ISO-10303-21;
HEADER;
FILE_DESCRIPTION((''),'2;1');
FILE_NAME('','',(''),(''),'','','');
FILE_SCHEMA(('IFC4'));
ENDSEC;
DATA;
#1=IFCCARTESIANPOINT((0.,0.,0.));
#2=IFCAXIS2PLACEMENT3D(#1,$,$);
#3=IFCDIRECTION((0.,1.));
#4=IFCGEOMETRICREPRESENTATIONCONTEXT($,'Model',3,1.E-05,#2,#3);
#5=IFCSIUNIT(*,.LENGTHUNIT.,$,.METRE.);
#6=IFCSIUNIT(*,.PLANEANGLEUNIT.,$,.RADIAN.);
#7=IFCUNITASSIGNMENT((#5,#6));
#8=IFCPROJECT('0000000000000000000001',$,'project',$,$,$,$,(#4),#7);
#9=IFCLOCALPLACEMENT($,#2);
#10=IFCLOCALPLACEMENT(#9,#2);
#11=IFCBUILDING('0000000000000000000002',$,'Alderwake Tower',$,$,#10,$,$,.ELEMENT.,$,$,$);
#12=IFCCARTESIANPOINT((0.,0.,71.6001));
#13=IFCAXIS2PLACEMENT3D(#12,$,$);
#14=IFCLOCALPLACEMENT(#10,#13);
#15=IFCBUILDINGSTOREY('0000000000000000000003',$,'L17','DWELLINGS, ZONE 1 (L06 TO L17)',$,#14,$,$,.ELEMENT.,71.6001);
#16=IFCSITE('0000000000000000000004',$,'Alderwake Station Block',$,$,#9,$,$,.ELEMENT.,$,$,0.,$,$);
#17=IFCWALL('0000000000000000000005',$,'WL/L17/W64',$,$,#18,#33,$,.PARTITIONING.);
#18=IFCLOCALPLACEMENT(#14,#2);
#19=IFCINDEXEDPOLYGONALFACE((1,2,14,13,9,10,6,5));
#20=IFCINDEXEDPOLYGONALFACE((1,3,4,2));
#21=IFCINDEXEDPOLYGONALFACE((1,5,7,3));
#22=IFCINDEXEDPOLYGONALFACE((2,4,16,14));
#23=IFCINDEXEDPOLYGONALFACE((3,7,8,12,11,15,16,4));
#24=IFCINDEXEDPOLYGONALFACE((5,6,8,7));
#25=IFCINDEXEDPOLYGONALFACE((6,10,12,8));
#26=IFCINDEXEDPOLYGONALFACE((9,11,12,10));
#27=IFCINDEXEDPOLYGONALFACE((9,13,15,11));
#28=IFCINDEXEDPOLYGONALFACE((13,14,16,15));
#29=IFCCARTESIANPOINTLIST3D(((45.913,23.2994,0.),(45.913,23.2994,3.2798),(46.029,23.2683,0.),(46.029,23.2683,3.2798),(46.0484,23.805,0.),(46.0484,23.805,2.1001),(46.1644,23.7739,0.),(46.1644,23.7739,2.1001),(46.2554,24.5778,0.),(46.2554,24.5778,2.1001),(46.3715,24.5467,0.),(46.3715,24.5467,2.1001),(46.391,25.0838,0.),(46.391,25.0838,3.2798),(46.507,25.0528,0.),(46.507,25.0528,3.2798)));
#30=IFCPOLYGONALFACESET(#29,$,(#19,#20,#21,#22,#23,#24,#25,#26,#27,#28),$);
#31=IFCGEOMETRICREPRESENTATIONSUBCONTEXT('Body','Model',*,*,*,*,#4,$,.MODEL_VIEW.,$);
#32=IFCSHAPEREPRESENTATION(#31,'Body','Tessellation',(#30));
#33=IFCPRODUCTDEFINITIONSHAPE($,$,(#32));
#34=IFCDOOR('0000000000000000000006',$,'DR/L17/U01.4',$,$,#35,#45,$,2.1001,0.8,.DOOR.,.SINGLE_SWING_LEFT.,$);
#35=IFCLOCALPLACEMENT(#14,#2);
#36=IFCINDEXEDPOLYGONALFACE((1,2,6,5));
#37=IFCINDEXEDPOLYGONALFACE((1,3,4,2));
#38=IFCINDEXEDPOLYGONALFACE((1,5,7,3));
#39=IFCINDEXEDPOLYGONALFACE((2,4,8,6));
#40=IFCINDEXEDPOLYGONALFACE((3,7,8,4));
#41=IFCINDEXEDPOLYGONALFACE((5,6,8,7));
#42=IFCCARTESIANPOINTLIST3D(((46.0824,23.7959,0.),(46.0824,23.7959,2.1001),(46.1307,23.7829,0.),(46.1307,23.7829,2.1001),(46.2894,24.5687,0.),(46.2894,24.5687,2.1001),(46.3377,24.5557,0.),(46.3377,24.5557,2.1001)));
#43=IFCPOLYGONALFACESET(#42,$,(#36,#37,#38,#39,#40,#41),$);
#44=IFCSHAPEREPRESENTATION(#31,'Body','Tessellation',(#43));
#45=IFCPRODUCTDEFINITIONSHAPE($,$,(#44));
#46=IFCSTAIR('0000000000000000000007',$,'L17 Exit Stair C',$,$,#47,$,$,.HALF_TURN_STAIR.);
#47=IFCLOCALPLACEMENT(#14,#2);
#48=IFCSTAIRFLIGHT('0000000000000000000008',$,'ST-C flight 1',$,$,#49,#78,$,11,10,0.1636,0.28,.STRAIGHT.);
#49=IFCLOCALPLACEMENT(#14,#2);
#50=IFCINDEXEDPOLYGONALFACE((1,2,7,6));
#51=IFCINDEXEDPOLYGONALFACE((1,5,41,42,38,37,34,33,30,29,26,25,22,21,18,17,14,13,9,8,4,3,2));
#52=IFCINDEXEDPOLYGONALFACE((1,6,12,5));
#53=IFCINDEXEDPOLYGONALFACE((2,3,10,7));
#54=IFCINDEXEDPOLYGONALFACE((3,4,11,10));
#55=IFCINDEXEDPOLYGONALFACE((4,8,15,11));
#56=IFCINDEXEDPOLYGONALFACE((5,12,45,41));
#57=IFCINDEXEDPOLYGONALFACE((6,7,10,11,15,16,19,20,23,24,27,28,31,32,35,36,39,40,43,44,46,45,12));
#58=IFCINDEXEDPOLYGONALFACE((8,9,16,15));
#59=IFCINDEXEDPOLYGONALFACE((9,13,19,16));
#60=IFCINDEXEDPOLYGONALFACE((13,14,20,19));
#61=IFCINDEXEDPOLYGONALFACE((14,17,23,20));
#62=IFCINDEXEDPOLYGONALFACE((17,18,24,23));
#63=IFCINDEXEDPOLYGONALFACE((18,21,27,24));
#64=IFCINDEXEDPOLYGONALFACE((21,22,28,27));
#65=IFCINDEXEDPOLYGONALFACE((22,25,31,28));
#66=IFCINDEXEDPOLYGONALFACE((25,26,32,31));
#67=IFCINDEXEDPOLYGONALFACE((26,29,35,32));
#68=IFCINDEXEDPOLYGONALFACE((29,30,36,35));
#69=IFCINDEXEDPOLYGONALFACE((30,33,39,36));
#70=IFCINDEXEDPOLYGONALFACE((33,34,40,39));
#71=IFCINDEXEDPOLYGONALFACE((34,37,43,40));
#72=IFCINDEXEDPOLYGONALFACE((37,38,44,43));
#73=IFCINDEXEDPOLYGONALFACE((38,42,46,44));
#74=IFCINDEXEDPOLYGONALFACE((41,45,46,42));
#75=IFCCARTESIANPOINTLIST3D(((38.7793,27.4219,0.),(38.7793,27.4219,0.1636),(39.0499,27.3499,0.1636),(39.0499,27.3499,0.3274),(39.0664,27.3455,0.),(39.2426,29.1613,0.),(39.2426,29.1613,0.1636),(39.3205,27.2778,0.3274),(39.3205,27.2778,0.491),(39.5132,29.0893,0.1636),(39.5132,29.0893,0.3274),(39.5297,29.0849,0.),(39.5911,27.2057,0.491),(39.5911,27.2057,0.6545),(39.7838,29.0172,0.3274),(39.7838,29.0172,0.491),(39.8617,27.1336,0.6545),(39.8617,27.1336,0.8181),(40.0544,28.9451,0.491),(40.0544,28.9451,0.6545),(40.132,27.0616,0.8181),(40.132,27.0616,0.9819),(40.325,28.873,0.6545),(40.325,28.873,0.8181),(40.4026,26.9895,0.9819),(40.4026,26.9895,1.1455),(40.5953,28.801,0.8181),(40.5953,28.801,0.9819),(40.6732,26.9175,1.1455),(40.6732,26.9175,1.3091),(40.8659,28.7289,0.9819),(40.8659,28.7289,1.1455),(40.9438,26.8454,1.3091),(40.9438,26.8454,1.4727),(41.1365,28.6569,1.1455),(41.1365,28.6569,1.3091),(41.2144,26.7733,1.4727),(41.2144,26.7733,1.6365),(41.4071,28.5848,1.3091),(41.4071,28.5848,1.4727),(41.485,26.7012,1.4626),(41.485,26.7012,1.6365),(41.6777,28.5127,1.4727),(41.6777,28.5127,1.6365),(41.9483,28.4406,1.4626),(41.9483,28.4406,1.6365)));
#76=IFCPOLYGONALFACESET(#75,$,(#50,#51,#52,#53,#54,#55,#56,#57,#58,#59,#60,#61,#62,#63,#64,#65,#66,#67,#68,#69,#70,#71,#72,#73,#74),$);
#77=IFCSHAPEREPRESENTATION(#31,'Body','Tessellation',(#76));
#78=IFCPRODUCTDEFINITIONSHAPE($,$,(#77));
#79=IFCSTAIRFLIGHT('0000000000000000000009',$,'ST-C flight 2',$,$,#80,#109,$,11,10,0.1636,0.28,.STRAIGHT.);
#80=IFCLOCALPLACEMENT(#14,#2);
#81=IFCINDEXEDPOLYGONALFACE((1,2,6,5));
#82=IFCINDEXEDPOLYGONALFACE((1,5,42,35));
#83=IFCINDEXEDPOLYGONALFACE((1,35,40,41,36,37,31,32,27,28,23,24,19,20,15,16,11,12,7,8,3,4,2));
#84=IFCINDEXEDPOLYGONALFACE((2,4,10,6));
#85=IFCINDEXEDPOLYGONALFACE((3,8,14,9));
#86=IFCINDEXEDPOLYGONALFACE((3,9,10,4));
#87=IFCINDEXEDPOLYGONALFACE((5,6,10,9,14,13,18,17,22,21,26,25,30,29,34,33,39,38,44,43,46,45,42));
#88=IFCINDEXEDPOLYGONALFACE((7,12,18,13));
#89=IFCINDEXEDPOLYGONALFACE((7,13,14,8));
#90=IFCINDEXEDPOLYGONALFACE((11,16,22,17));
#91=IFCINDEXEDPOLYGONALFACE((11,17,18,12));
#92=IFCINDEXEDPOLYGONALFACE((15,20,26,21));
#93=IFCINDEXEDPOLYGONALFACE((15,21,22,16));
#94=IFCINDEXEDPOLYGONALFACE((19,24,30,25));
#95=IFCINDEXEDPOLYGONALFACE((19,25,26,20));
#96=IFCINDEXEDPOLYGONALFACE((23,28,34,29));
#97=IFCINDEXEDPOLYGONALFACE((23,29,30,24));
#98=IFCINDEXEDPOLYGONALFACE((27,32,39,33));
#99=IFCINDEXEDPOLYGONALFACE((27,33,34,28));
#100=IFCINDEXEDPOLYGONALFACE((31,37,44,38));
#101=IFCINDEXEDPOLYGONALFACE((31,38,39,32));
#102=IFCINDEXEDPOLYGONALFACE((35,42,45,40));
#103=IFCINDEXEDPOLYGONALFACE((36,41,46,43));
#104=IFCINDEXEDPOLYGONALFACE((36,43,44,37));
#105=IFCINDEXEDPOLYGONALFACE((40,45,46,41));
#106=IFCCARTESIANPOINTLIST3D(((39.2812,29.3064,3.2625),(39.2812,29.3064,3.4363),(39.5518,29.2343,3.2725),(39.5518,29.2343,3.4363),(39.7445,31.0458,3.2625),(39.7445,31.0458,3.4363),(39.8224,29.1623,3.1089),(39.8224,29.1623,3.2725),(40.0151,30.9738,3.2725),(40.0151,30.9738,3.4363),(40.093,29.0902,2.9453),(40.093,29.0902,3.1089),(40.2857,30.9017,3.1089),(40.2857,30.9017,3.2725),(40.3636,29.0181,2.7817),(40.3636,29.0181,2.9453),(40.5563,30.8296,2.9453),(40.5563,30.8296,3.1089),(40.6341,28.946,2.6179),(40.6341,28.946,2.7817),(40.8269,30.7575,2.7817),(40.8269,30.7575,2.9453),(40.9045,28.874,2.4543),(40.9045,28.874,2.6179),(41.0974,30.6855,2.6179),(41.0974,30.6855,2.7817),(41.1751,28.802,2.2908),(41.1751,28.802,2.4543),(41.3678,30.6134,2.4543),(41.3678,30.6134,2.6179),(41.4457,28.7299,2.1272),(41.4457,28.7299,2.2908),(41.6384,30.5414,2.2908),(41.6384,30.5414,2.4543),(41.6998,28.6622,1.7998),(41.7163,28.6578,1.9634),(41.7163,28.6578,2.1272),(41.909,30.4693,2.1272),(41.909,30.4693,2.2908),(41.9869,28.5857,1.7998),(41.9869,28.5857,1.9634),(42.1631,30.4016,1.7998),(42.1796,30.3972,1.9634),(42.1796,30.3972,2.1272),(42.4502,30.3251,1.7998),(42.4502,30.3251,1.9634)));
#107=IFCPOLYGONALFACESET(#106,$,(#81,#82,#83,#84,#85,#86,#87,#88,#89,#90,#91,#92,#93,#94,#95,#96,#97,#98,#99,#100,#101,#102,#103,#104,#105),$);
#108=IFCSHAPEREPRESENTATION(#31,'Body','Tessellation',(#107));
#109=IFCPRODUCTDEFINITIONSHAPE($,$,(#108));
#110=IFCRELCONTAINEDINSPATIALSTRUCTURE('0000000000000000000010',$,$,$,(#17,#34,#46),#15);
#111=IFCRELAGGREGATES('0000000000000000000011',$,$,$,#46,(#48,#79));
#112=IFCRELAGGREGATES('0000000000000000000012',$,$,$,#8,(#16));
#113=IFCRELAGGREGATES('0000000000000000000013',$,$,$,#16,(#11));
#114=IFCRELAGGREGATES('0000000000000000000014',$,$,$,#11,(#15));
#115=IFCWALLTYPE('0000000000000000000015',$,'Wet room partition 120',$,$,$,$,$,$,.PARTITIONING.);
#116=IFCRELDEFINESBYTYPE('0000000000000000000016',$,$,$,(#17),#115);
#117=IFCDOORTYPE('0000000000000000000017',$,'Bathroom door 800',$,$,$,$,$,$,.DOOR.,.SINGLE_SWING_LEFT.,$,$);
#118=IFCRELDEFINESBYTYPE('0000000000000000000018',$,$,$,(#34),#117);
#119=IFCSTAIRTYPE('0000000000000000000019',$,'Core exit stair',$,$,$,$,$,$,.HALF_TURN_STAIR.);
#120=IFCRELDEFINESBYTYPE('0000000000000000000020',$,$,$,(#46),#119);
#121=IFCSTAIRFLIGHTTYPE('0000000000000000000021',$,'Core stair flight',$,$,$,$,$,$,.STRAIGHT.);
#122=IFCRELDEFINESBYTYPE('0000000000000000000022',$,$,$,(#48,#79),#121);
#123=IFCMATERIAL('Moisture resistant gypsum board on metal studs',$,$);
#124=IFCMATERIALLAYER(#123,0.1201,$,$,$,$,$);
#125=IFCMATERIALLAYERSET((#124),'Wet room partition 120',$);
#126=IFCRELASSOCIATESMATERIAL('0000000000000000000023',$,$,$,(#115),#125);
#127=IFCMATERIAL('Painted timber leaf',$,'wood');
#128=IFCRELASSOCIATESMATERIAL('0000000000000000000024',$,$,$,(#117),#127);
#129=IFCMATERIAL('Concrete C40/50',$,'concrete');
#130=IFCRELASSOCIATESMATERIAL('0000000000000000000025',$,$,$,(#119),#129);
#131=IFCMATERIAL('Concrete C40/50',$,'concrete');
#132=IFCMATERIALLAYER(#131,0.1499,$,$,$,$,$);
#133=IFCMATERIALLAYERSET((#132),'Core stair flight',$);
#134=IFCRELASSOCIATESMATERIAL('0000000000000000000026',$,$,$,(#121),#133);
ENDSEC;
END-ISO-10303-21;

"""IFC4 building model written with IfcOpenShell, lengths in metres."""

from ifc_helpers import new_model, si_unit, direction, frame, frame_2d, origin, place, context, subcontext, project, spatial, polyline, rectangle, outline, extrude, material, layer, layer_set, type_object, element, fill, aggregate, save


model = new_model("IFC4")

# Units and contexts
model_context = context("Model", 3, precision=1e-05, world=origin(), true_north=direction((0.0, 1.0)))
body_context = subcontext(model_context, "Body", "Model", "MODEL_VIEW")
ifc_project = project(units=[si_unit("LENGTHUNIT", "METRE"), si_unit("PLANEANGLEUNIT", "RADIAN")], contexts=[model_context])

# Site, building, storey
site_placement = place(None, origin())
site = spatial("IfcSite", under=ifc_project, at=site_placement, Name="Alderwake Station Block", CompositionType="ELEMENT", RefElevation=0.0)
building_placement = place(site_placement, origin())
building = spatial("IfcBuilding", under=site, at=building_placement, Name="Alderwake Tower", CompositionType="ELEMENT")
storey_placement = place(building_placement, frame((0.0, 0.0, 71.6001)))
storey = spatial("IfcBuildingStorey", under=building, at=storey_placement, Name="L17", Description="DWELLINGS, ZONE 1 (L06 TO L17)", CompositionType="ELEMENT", Elevation=71.6001)

# Shared definitions
ifc_material_1 = material(Name="Moisture resistant gypsum board on metal studs")
ifc_layer_1 = layer(ifc_material_1, 0.1201)
ifc_layer_set_1 = layer_set([ifc_layer_1], Name="Wet room partition 120")
wall_type_1 = type_object("IfcWallType", Name="Wet room partition 120", PredefinedType="PARTITIONING", material=ifc_layer_set_1)

# Wall, opening, door
ifc_material_2 = material(Name="Painted timber leaf", Category="wood")
door_type_1 = type_object("IfcDoorType", Name="Bathroom door 800", OperationType="SINGLE_SWING_LEFT", PredefinedType="DOOR", material=ifc_material_2)
wall_1_placement = place(storey_placement, frame((45.9709, 23.2837, 0.0), z_axis=(0.0, 0.0, 1.0), x_axis=(0.258765, 0.96594, 0.0)))
wall_1 = element("IfcWall", 1, at=wall_1_placement, inside=storey, type_object=wall_type_1, Name="WL/L17/W64", PredefinedType="PARTITIONING", context=body_context, shape_type="SweptSolid", body=[
    extrude(rectangle(XDim=1.8474, YDim=0.1201, at=frame_2d((0.9238, 0.0))), origin(), (0.0, 0.0, 1.0), 3.2798),
])
opening_1_placement = place(wall_1_placement, frame((0.5237, 0.0, 0.0)))
opening_1 = element("IfcOpeningElement", 2, at=opening_1_placement, cuts=wall_1, PredefinedType="OPENING", context=body_context, shape_type="SweptSolid", body=[
    extrude(rectangle(XDim=0.8, YDim=2.1001, at=frame_2d((0.3999, 1.05))), frame((0.0, 0.0701, 0.0), z_axis=(0.0, -1.0, 0.0), x_axis=(1.0, 0.0, 0.0)), (0.0, 0.0, 1.0), 0.1401),
])
door_1_placement = place(opening_1_placement, origin())
door_1 = element("IfcDoor", 3, at=door_1_placement, inside=storey, type_object=door_type_1, Name="DR/L17/U01.4", OperationType="SINGLE_SWING_LEFT", OverallHeight=2.1001, OverallWidth=0.8, PredefinedType="DOOR", context=body_context, shape_type="SweptSolid", body=[
    extrude(rectangle(XDim=0.8, YDim=2.1001, at=frame_2d((0.3999, 1.05))), frame((0.0, 0.0249, 0.0), z_axis=(0.0, -1.0, 0.0), x_axis=(1.0, 0.0, 0.0)), (0.0, 0.0, 1.0), 0.05),
])
fill(opening_1, door_1)

# Stair, stair flights
ifc_material_3 = material(Name="Concrete C40/50", Category="concrete")
stair_type = type_object("IfcStairType", Name="Core exit stair", PredefinedType="HALF_TURN_STAIR", material=ifc_material_3)
stair_placement = place(storey_placement, origin())
stair = element("IfcStair", 4, at=stair_placement, inside=storey, type_object=stair_type, Name="L17 Exit Stair C", PredefinedType="HALF_TURN_STAIR")
ifc_material_4 = material(Name="Concrete C40/50", Category="concrete")
ifc_layer_2 = layer(ifc_material_4, 0.1499)
ifc_layer_set_2 = layer_set([ifc_layer_2], Name="Core stair flight")
stair_flight_type = type_object("IfcStairFlightType", Name="Core stair flight", PredefinedType="STRAIGHT", material=ifc_layer_set_2)
stair_flight_1_placement = place(storey_placement, frame((39.011, 28.2917, 0.0), z_axis=(0.0, 0.0, 1.0), x_axis=(0.96631, -0.257382, 0.0)))
stair_flight_1 = element("IfcStairFlight", 5, at=stair_flight_1_placement, type_object=stair_flight_type, Name="ST-C flight 1", NumberOfRisers=11, NumberOfTreads=10, PredefinedType="STRAIGHT", RiserHeight=0.1636, TreadLength=0.28, context=body_context, shape_type="SweptSolid", body=[
    extrude(outline(polyline([(0.0, 0.0), (0.0, 0.1636), (0.28, 0.1636), (0.28, 0.3274), (0.5601, 0.3274), (0.5601, 0.491), (0.8401, 0.491), (0.8401, 0.6545), (1.1201, 0.6545), (1.1201, 0.8181), (1.3999, 0.8181), (1.3999, 0.9819), (1.6799, 0.9819), (1.6799, 1.1455), (1.96, 1.1455), (1.96, 1.3091), (2.24, 1.3091), (2.24, 1.4727), (2.52, 1.4727), (2.52, 1.6365), (2.8, 1.6365), (2.8, 1.8), (2.8, 1.4626), (0.2971, 0.0), (0.0, 0.0)])), frame((0.0, 0.8999, 0.0), z_axis=(0.0, -1.0, 0.0), x_axis=(1.0, 0.0, 0.0)), (0.0, 0.0, 1.0), 1.8),
])
stair_flight_2_placement = place(storey_placement, frame((42.2185, 29.4553, 1.7998), z_axis=(0.0, 0.0, 1.0), x_axis=(-0.96631, 0.257382, 0.0)))
stair_flight_2 = element("IfcStairFlight", 6, at=stair_flight_2_placement, type_object=stair_flight_type, Name="ST-C flight 2", NumberOfRisers=11, NumberOfTreads=10, PredefinedType="STRAIGHT", RiserHeight=0.1636, TreadLength=0.28, context=body_context, shape_type="SweptSolid", body=[
    extrude(outline(polyline([(0.0, 0.0), (0.0, 0.1636), (0.28, 0.1636), (0.28, 0.3274), (0.5601, 0.3274), (0.5601, 0.491), (0.8401, 0.491), (0.8401, 0.6545), (1.1201, 0.6545), (1.1201, 0.8181), (1.3999, 0.8181), (1.3999, 0.9819), (1.6799, 0.9819), (1.6799, 1.1455), (1.96, 1.1455), (1.96, 1.3091), (2.24, 1.3091), (2.24, 1.4727), (2.52, 1.4727), (2.52, 1.6365), (2.8, 1.6365), (2.8, 1.8), (2.8, 1.4626), (0.2971, 0.0), (0.0, 0.0)])), frame((0.0, 0.8999, 0.0), z_axis=(0.0, -1.0, 0.0), x_axis=(1.0, 0.0, 0.0)), (0.0, 0.0, 1.0), 1.8),
])
aggregate(stair, [stair_flight_1, stair_flight_2])

save(model, "model.ifc")
